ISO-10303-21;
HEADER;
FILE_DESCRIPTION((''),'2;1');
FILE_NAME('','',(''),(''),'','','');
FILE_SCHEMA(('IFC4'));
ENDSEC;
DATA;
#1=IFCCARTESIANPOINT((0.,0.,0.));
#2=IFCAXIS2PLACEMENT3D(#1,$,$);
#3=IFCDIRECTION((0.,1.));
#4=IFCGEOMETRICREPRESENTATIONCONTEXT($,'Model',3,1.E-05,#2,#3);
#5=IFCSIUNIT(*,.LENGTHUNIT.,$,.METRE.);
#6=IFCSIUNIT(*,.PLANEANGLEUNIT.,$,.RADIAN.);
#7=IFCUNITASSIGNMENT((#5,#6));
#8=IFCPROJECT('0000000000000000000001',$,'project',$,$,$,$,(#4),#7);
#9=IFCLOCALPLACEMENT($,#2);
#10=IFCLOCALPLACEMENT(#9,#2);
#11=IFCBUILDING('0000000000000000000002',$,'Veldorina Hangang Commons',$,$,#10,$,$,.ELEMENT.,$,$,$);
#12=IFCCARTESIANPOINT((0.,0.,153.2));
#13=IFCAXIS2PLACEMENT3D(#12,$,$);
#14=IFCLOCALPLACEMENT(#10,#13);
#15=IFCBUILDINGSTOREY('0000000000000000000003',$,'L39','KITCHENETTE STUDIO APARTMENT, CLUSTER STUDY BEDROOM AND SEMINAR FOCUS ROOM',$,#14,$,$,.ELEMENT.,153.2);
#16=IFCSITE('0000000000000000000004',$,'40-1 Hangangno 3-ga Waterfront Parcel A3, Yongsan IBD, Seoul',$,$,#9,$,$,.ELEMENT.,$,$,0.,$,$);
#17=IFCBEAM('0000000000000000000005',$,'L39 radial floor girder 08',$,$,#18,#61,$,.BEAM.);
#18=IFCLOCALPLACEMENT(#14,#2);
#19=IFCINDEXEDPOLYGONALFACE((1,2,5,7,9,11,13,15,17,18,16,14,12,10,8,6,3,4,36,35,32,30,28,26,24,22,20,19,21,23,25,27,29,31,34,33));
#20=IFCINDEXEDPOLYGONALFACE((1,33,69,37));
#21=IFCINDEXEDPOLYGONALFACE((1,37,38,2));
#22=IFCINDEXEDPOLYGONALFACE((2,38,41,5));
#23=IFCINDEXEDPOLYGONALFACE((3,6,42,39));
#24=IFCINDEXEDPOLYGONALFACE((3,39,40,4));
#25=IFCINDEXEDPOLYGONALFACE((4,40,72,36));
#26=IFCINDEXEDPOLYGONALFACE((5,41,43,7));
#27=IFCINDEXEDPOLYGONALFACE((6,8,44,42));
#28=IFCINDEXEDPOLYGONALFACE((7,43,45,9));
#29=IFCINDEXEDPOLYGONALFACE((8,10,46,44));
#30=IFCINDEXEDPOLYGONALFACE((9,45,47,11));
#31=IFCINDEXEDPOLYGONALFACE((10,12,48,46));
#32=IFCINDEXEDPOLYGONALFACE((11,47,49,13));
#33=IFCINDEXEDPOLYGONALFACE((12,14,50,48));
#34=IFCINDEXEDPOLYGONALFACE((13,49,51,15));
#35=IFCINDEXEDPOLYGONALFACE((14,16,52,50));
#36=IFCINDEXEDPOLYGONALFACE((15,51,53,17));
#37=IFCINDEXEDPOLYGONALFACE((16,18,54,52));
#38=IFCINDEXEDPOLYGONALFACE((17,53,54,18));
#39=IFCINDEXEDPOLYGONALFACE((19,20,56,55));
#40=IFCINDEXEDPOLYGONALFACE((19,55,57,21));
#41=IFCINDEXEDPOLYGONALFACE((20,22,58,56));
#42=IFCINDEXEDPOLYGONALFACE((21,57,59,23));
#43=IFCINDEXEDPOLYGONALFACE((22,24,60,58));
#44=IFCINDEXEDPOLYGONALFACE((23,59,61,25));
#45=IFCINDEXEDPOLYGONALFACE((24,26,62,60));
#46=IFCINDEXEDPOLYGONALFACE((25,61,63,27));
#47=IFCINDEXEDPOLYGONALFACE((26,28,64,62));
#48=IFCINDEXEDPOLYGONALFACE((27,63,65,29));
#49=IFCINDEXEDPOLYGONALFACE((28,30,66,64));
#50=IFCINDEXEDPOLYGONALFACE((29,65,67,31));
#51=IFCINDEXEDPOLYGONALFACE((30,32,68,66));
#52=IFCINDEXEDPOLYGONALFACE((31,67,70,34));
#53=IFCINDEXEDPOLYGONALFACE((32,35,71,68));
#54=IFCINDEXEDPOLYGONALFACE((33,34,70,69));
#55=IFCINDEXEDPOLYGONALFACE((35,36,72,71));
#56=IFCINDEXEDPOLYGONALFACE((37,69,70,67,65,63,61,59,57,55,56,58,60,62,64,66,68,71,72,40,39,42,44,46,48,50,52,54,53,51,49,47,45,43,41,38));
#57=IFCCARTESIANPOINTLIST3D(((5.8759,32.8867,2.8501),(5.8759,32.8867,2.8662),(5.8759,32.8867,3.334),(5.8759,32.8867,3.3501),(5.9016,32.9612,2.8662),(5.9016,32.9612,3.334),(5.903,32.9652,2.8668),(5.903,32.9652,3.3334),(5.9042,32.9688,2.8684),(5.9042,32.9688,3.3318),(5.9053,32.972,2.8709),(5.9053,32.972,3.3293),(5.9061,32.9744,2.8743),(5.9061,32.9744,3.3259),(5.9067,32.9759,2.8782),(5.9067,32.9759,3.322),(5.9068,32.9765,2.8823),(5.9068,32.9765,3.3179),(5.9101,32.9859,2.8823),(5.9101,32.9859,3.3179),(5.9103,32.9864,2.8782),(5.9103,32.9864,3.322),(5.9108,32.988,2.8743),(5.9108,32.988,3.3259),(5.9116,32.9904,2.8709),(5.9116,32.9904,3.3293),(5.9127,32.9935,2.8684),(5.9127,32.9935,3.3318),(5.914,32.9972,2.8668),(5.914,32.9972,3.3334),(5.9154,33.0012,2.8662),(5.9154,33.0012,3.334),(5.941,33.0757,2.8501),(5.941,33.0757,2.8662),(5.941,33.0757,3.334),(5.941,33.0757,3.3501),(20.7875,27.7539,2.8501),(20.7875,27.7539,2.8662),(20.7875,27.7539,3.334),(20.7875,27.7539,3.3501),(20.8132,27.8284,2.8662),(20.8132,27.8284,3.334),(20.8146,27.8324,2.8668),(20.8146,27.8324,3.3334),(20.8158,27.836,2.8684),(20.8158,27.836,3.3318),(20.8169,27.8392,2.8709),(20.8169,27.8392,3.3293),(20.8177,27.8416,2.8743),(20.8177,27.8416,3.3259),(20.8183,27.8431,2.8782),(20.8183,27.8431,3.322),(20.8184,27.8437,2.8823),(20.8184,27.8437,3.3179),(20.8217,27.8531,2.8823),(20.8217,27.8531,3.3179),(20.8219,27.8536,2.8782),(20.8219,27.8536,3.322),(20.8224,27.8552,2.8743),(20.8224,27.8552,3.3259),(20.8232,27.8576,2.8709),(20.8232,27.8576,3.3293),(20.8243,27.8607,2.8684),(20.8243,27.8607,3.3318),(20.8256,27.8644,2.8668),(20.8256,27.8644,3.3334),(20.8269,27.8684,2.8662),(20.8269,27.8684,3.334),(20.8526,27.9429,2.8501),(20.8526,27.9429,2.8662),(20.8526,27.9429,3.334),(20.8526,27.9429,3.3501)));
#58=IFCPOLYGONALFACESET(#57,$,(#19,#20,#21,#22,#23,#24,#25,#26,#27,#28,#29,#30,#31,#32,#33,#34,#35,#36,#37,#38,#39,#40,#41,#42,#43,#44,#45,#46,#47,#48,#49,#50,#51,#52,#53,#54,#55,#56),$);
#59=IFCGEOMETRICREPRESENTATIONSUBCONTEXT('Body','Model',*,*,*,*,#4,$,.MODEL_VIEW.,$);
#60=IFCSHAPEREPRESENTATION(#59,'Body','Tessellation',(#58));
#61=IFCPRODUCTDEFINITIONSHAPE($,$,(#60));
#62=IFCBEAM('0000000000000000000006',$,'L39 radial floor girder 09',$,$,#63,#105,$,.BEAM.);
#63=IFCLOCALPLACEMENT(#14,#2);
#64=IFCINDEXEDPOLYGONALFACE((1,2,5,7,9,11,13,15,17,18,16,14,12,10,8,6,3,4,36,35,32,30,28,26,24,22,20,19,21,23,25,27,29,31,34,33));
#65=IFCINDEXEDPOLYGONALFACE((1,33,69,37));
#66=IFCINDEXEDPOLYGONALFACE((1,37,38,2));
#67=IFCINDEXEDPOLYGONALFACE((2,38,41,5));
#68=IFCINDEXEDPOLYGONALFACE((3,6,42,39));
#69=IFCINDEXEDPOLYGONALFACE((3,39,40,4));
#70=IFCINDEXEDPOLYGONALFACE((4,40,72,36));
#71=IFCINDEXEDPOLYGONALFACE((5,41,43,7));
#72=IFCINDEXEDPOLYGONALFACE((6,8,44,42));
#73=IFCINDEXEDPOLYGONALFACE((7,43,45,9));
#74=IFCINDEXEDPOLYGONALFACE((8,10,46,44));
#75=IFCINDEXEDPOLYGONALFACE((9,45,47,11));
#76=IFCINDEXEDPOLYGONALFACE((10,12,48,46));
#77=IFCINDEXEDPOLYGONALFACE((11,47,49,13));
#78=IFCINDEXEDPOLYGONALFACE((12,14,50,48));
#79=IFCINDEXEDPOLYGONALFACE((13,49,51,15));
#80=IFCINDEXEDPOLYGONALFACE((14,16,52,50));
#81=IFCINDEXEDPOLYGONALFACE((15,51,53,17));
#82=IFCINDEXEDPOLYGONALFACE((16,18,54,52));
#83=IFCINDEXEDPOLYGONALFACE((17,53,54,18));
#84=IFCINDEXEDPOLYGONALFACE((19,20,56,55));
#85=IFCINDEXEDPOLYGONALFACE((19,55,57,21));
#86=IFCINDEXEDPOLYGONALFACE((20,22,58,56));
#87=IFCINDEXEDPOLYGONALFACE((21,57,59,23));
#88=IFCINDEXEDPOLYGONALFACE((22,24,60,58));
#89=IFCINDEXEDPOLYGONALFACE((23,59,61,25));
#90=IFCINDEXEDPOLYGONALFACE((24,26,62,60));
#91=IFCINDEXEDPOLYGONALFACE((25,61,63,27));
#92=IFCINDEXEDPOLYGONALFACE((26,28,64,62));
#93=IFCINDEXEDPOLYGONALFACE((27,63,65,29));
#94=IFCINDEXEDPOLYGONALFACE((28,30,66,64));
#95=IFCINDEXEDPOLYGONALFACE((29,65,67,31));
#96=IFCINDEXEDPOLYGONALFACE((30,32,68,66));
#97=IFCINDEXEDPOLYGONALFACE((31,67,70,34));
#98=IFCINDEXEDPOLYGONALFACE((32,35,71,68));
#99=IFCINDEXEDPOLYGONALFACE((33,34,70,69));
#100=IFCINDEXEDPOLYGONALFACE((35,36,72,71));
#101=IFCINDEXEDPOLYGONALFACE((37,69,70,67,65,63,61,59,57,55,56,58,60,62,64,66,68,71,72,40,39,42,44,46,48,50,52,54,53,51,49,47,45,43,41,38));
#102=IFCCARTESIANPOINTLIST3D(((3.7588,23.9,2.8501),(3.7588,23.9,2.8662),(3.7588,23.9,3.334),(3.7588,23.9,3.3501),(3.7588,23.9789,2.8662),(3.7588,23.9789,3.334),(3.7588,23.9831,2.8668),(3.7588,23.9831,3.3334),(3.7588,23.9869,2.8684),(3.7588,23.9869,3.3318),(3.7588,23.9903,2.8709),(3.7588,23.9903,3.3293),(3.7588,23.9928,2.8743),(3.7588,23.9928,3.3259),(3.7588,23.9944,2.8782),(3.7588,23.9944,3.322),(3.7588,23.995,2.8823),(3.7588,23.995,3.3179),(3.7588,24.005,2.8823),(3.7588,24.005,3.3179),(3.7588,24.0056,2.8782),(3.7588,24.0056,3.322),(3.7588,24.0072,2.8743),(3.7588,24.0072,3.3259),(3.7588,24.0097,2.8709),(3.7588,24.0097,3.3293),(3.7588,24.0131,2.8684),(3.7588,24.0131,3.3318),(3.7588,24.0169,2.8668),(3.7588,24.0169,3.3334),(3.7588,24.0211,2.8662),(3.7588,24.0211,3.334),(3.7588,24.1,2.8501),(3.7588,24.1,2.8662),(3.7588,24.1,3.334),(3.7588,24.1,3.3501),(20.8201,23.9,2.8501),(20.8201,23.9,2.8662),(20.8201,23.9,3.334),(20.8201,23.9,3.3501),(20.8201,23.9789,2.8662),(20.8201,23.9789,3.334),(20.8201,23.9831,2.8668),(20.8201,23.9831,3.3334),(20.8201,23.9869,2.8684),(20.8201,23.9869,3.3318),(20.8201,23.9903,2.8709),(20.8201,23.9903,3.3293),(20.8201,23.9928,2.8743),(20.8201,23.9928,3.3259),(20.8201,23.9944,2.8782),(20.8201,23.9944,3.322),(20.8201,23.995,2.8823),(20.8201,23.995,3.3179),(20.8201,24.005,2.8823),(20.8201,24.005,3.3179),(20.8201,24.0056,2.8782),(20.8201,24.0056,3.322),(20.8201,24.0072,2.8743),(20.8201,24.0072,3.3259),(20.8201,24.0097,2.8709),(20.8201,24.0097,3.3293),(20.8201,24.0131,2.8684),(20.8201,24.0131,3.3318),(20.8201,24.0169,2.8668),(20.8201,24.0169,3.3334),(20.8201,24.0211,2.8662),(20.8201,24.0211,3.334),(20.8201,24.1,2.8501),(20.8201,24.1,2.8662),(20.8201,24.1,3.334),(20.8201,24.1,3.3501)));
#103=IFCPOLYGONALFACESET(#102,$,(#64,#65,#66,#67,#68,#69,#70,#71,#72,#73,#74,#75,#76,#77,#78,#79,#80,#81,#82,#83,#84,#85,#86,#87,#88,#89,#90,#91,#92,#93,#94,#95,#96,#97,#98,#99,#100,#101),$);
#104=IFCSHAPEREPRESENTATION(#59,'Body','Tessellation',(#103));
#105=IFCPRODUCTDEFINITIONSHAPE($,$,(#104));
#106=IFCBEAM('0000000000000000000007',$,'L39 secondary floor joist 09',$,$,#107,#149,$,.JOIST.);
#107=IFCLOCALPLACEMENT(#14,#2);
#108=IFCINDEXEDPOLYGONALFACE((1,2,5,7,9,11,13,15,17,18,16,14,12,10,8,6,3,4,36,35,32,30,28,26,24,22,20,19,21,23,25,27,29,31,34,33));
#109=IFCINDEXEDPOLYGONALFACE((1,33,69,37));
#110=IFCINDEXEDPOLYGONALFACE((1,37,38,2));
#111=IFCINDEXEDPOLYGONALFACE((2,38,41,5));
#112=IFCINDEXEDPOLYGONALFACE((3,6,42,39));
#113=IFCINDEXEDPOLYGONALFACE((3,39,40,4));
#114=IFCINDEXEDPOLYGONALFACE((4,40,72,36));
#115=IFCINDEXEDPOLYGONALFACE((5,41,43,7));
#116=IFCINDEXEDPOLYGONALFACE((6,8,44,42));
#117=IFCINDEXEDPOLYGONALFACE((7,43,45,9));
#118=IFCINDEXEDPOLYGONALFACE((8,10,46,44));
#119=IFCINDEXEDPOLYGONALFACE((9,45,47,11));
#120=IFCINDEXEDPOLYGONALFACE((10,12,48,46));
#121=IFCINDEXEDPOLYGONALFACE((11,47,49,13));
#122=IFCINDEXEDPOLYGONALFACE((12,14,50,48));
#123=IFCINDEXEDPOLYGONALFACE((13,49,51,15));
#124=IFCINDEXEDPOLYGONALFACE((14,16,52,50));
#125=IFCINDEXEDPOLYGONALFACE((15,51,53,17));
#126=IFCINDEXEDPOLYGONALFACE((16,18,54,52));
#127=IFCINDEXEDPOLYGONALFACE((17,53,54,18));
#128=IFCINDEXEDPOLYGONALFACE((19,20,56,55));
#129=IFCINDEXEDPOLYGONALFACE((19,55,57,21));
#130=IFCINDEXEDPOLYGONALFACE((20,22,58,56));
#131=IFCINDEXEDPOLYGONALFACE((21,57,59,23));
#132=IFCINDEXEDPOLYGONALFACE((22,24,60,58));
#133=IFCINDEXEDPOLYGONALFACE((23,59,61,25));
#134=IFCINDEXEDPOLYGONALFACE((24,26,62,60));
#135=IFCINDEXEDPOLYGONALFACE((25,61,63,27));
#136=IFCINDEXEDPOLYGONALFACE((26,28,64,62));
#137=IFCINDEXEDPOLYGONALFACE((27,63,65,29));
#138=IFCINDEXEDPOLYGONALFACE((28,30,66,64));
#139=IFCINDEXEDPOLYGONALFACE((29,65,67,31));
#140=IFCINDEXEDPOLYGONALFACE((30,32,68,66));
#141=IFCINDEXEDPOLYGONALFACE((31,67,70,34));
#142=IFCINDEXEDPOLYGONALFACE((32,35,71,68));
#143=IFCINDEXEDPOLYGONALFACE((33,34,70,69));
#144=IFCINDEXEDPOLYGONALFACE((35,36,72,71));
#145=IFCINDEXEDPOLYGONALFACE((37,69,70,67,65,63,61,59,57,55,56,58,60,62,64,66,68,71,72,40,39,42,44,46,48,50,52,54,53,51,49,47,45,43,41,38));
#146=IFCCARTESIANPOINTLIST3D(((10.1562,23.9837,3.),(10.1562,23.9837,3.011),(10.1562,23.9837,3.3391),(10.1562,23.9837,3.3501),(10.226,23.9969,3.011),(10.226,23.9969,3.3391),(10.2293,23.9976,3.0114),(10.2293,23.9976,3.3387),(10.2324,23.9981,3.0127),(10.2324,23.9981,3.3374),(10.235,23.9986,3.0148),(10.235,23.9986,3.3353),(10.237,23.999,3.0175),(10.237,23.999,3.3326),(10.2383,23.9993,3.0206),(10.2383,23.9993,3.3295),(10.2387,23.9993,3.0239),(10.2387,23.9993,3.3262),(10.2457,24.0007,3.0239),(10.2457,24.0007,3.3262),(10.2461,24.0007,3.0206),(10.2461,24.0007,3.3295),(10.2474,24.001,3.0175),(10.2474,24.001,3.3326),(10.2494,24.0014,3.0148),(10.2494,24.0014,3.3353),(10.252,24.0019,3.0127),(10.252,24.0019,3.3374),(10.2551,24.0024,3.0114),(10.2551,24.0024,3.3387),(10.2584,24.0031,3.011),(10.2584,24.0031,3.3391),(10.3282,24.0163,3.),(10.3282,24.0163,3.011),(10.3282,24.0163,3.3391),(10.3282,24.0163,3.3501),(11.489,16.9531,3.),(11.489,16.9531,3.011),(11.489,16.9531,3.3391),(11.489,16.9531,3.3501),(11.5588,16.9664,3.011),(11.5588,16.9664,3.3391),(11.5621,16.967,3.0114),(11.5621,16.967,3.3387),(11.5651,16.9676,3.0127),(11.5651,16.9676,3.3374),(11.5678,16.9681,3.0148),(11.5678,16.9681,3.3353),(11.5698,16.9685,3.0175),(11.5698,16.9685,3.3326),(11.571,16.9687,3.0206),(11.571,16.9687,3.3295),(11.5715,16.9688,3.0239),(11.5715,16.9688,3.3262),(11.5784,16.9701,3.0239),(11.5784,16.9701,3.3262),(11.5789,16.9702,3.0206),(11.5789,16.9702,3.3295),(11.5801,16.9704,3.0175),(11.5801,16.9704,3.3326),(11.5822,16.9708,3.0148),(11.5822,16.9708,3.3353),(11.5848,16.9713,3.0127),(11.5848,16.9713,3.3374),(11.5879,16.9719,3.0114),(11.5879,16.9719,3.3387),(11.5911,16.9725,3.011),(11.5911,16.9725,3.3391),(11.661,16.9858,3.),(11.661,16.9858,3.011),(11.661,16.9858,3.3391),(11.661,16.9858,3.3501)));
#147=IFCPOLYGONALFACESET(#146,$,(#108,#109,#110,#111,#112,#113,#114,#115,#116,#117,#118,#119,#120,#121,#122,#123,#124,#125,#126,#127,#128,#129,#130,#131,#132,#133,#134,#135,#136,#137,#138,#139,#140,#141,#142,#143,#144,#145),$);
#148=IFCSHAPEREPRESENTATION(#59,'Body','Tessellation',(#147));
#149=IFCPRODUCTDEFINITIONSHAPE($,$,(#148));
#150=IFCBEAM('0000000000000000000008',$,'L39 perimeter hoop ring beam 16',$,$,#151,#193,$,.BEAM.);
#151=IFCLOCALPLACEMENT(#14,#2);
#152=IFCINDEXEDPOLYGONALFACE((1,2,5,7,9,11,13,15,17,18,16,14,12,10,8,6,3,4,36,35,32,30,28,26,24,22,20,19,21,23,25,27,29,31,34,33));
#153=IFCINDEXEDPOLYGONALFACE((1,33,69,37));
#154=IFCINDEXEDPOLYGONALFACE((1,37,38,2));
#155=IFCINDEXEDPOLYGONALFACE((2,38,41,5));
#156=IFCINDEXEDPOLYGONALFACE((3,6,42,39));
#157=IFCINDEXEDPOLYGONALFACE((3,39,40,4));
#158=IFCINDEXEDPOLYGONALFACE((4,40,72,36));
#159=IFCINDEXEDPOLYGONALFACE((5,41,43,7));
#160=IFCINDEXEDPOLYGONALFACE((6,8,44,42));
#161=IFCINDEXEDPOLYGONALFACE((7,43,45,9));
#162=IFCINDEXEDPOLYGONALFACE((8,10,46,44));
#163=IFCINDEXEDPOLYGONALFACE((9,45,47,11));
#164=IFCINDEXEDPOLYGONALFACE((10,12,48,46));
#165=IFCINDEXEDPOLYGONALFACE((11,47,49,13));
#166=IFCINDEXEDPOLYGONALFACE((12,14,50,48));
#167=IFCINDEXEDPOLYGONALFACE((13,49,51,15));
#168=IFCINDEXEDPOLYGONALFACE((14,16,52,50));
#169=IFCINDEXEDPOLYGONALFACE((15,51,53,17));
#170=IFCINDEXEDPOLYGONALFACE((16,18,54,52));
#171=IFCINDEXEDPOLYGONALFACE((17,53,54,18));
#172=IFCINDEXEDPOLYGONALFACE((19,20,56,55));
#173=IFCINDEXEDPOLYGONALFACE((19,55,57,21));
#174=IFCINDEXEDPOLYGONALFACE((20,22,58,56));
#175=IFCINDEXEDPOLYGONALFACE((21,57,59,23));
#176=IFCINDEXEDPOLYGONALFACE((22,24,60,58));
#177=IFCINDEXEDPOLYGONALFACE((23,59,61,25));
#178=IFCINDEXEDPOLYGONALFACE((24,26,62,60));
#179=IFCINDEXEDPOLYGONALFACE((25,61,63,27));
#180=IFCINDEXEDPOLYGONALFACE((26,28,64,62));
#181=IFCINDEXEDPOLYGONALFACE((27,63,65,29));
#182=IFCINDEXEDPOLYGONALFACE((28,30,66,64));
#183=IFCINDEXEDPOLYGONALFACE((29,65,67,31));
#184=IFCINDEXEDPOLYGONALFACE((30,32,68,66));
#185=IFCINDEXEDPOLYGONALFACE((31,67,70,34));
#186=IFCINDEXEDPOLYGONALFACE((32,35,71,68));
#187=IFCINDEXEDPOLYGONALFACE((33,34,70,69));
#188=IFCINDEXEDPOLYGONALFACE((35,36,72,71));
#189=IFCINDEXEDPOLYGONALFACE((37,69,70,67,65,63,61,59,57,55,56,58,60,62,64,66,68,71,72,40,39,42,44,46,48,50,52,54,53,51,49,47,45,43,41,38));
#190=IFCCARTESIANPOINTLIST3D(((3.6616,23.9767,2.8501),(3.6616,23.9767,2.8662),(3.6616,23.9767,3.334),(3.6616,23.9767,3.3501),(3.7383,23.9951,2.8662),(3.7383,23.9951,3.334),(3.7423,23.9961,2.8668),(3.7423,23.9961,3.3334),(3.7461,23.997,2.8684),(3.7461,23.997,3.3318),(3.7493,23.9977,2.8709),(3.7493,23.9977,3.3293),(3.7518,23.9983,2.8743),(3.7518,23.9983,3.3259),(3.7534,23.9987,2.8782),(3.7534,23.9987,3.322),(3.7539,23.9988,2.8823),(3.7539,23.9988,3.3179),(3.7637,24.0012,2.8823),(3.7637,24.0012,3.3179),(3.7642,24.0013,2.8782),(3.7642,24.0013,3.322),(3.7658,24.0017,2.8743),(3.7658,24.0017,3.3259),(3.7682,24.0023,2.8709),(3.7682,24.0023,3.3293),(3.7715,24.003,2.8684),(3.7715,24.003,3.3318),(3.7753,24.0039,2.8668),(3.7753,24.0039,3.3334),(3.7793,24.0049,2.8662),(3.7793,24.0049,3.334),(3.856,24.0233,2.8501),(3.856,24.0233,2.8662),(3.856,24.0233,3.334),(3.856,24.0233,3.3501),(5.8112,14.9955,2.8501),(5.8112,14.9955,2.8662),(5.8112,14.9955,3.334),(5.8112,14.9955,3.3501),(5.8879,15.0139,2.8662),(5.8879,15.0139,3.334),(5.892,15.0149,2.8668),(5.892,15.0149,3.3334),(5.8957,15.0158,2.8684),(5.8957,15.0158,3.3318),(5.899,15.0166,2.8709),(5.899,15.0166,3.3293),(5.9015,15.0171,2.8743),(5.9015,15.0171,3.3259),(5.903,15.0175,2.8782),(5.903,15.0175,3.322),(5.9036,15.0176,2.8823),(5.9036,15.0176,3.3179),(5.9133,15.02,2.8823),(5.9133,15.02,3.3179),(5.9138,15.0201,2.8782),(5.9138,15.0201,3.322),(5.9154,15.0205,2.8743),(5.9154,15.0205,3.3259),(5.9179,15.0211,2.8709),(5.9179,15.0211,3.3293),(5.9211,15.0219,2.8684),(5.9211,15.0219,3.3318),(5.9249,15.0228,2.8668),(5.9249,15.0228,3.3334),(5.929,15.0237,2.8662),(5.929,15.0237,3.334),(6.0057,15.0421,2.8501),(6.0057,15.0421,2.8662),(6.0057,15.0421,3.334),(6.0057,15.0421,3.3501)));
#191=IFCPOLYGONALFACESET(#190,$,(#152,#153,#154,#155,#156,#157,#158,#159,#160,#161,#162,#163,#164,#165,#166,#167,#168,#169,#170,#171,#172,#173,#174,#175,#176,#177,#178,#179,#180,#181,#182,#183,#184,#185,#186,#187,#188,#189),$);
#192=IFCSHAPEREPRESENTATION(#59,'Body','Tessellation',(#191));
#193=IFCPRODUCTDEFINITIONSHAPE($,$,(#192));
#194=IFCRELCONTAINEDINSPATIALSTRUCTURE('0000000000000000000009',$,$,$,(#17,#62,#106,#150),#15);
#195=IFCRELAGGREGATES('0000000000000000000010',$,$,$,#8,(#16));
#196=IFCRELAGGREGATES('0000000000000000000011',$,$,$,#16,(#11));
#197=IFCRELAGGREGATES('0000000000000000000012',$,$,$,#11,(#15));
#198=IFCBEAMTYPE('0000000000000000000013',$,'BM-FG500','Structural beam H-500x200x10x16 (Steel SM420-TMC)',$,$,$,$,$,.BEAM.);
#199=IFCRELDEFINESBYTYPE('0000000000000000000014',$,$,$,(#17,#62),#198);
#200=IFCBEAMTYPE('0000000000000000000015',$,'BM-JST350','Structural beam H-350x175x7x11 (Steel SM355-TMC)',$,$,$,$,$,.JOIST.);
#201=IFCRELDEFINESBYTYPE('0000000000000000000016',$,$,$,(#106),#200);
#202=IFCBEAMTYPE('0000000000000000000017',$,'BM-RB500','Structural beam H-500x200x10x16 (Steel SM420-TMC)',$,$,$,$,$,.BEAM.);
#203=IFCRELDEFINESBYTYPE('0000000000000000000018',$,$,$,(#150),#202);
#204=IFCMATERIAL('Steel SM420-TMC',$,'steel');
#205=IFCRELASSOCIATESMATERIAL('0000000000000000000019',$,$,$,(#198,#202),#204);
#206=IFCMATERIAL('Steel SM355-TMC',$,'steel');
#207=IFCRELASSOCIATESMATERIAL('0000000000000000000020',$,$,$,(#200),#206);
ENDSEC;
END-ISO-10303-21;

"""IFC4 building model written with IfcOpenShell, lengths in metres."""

from ifc_helpers import new_model, si_unit, direction, frame, origin, origin_2d, place, context, subcontext, project, spatial, i_section, extrude, material, material_profile, profile_set, type_object, element, save


model = new_model("IFC4")

# Units and contexts
model_context = context("Model", 3, precision=1e-05, world=origin(), true_north=direction((0.0, 1.0)))
body_context = subcontext(model_context, "Body", "Model", "MODEL_VIEW")
ifc_project = project(units=[si_unit("LENGTHUNIT", "METRE"), si_unit("PLANEANGLEUNIT", "RADIAN")], contexts=[model_context])

# Site, building, storey
site_placement = place(None, origin())
site = spatial("IfcSite", under=ifc_project, at=site_placement, Name="40-1 Hangangno 3-ga Waterfront Parcel A3, Yongsan IBD, Seoul", CompositionType="ELEMENT", RefElevation=0.0)
building_placement = place(site_placement, origin())
building = spatial("IfcBuilding", under=site, at=building_placement, Name="Veldorina Hangang Commons", CompositionType="ELEMENT")
storey_placement = place(building_placement, frame((0.0, 0.0, 153.2)))
storey = spatial("IfcBuildingStorey", under=building, at=storey_placement, Name="L39", Description="KITCHENETTE STUDIO APARTMENT, CLUSTER STUDY BEDROOM AND SEMINAR FOCUS ROOM", CompositionType="ELEMENT", Elevation=153.2)

# Beams
ifc_material_1 = material(Name="Steel SM420-TMC", Category="steel")
ifc_material_profile_1 = material_profile(ifc_material_1, i_section(OverallWidth=0.2, OverallDepth=0.5, WebThickness=0.01, FlangeThickness=0.0161, FilletRadius=0.0161, at=origin_2d()), Name="H-500x200x10x16")
ifc_profile_set_1 = profile_set([ifc_material_profile_1], Name="Steel SM420-TMC")
beam_type_1 = type_object("IfcBeamType", Name="BM-FG500", Description="Structural beam H-500x200x10x16 (Steel SM420-TMC)", PredefinedType="BEAM", material=ifc_profile_set_1)
beam_1_placement = place(storey_placement, frame((20.8201, 27.8484, 3.1001), z_axis=(-0.945551, 0.325473, 0.0), x_axis=(-0.325473, -0.945551, 0.0)))
element("IfcBeam", 1, at=beam_1_placement, inside=storey, type_object=beam_type_1, Name="L39 radial floor girder 08", PredefinedType="BEAM", context=body_context, shape_type="SweptSolid", body=[
    extrude(i_section(OverallWidth=0.2, OverallDepth=0.5, WebThickness=0.01, FlangeThickness=0.0161, FilletRadius=0.0161, at=origin_2d()), origin(), (0.0, 0.0, 1.0), 15.7703),
])
beam_2_placement = place(storey_placement, frame((20.8201, 24.0, 3.1001), z_axis=(-1.0, 0.0, 0.0), x_axis=(0.0, -1.0, 0.0)))
element("IfcBeam", 2, at=beam_2_placement, inside=storey, type_object=beam_type_1, Name="L39 radial floor girder 09", PredefinedType="BEAM", context=body_context, shape_type="SweptSolid", body=[
    extrude(i_section(OverallWidth=0.2, OverallDepth=0.5, WebThickness=0.01, FlangeThickness=0.0161, FilletRadius=0.0161, at=origin_2d()), origin(), (0.0, 0.0, 1.0), 17.0613),
])
ifc_material_2 = material(Name="Steel SM355-TMC", Category="steel")
ifc_material_profile_2 = material_profile(ifc_material_2, i_section(OverallWidth=0.175, OverallDepth=0.3501, WebThickness=0.0071, FlangeThickness=0.011, FilletRadius=0.0129, at=origin_2d()), Name="H-350x175x7x11")
ifc_profile_set_2 = profile_set([ifc_material_profile_2], Name="Steel SM355-TMC")
beam_type_2 = type_object("IfcBeamType", Name="BM-JST350", Description="Structural beam H-350x175x7x11 (Steel SM355-TMC)", PredefinedType="JOIST", material=ifc_profile_set_2)
beam_3_placement = place(storey_placement, frame((10.2422, 24.0, 3.175), z_axis=(0.186251, -0.982502, 0.0), x_axis=(0.982502, 0.186251, 0.0)))
element("IfcBeam", 3, at=beam_3_placement, inside=storey, type_object=beam_type_2, Name="L39 secondary floor joist 09", PredefinedType="JOIST", context=body_context, shape_type="SweptSolid", body=[
    extrude(i_section(OverallWidth=0.175, OverallDepth=0.3501, WebThickness=0.0071, FlangeThickness=0.011, FilletRadius=0.0129, at=origin_2d()), origin(), (0.0, 0.0, 1.0), 7.1558),
])
ifc_material_profile_3 = material_profile(ifc_material_1, i_section(OverallWidth=0.2, OverallDepth=0.5, WebThickness=0.01, FlangeThickness=0.0161, FilletRadius=0.0161, at=origin_2d()), Name="H-500x200x10x16")
ifc_profile_set_3 = profile_set([ifc_material_profile_3], Name="Steel SM420-TMC")
beam_type_3 = type_object("IfcBeamType", Name="BM-RB500", Description="Structural beam H-500x200x10x16 (Steel SM420-TMC)", PredefinedType="BEAM", material=ifc_profile_set_3)
beam_4_placement = place(storey_placement, frame((3.7588, 24.0, 3.1001), z_axis=(0.232776, -0.97253, 0.0), x_axis=(0.97253, 0.232776, 0.0)))
element("IfcBeam", 4, at=beam_4_placement, inside=storey, type_object=beam_type_3, Name="L39 perimeter hoop ring beam 16", PredefinedType="BEAM", context=body_context, shape_type="SweptSolid", body=[
    extrude(i_section(OverallWidth=0.2, OverallDepth=0.5, WebThickness=0.01, FlangeThickness=0.0161, FilletRadius=0.0161, at=origin_2d()), origin(), (0.0, 0.0, 1.0), 9.2349),
])

save(model, "model.ifc")
